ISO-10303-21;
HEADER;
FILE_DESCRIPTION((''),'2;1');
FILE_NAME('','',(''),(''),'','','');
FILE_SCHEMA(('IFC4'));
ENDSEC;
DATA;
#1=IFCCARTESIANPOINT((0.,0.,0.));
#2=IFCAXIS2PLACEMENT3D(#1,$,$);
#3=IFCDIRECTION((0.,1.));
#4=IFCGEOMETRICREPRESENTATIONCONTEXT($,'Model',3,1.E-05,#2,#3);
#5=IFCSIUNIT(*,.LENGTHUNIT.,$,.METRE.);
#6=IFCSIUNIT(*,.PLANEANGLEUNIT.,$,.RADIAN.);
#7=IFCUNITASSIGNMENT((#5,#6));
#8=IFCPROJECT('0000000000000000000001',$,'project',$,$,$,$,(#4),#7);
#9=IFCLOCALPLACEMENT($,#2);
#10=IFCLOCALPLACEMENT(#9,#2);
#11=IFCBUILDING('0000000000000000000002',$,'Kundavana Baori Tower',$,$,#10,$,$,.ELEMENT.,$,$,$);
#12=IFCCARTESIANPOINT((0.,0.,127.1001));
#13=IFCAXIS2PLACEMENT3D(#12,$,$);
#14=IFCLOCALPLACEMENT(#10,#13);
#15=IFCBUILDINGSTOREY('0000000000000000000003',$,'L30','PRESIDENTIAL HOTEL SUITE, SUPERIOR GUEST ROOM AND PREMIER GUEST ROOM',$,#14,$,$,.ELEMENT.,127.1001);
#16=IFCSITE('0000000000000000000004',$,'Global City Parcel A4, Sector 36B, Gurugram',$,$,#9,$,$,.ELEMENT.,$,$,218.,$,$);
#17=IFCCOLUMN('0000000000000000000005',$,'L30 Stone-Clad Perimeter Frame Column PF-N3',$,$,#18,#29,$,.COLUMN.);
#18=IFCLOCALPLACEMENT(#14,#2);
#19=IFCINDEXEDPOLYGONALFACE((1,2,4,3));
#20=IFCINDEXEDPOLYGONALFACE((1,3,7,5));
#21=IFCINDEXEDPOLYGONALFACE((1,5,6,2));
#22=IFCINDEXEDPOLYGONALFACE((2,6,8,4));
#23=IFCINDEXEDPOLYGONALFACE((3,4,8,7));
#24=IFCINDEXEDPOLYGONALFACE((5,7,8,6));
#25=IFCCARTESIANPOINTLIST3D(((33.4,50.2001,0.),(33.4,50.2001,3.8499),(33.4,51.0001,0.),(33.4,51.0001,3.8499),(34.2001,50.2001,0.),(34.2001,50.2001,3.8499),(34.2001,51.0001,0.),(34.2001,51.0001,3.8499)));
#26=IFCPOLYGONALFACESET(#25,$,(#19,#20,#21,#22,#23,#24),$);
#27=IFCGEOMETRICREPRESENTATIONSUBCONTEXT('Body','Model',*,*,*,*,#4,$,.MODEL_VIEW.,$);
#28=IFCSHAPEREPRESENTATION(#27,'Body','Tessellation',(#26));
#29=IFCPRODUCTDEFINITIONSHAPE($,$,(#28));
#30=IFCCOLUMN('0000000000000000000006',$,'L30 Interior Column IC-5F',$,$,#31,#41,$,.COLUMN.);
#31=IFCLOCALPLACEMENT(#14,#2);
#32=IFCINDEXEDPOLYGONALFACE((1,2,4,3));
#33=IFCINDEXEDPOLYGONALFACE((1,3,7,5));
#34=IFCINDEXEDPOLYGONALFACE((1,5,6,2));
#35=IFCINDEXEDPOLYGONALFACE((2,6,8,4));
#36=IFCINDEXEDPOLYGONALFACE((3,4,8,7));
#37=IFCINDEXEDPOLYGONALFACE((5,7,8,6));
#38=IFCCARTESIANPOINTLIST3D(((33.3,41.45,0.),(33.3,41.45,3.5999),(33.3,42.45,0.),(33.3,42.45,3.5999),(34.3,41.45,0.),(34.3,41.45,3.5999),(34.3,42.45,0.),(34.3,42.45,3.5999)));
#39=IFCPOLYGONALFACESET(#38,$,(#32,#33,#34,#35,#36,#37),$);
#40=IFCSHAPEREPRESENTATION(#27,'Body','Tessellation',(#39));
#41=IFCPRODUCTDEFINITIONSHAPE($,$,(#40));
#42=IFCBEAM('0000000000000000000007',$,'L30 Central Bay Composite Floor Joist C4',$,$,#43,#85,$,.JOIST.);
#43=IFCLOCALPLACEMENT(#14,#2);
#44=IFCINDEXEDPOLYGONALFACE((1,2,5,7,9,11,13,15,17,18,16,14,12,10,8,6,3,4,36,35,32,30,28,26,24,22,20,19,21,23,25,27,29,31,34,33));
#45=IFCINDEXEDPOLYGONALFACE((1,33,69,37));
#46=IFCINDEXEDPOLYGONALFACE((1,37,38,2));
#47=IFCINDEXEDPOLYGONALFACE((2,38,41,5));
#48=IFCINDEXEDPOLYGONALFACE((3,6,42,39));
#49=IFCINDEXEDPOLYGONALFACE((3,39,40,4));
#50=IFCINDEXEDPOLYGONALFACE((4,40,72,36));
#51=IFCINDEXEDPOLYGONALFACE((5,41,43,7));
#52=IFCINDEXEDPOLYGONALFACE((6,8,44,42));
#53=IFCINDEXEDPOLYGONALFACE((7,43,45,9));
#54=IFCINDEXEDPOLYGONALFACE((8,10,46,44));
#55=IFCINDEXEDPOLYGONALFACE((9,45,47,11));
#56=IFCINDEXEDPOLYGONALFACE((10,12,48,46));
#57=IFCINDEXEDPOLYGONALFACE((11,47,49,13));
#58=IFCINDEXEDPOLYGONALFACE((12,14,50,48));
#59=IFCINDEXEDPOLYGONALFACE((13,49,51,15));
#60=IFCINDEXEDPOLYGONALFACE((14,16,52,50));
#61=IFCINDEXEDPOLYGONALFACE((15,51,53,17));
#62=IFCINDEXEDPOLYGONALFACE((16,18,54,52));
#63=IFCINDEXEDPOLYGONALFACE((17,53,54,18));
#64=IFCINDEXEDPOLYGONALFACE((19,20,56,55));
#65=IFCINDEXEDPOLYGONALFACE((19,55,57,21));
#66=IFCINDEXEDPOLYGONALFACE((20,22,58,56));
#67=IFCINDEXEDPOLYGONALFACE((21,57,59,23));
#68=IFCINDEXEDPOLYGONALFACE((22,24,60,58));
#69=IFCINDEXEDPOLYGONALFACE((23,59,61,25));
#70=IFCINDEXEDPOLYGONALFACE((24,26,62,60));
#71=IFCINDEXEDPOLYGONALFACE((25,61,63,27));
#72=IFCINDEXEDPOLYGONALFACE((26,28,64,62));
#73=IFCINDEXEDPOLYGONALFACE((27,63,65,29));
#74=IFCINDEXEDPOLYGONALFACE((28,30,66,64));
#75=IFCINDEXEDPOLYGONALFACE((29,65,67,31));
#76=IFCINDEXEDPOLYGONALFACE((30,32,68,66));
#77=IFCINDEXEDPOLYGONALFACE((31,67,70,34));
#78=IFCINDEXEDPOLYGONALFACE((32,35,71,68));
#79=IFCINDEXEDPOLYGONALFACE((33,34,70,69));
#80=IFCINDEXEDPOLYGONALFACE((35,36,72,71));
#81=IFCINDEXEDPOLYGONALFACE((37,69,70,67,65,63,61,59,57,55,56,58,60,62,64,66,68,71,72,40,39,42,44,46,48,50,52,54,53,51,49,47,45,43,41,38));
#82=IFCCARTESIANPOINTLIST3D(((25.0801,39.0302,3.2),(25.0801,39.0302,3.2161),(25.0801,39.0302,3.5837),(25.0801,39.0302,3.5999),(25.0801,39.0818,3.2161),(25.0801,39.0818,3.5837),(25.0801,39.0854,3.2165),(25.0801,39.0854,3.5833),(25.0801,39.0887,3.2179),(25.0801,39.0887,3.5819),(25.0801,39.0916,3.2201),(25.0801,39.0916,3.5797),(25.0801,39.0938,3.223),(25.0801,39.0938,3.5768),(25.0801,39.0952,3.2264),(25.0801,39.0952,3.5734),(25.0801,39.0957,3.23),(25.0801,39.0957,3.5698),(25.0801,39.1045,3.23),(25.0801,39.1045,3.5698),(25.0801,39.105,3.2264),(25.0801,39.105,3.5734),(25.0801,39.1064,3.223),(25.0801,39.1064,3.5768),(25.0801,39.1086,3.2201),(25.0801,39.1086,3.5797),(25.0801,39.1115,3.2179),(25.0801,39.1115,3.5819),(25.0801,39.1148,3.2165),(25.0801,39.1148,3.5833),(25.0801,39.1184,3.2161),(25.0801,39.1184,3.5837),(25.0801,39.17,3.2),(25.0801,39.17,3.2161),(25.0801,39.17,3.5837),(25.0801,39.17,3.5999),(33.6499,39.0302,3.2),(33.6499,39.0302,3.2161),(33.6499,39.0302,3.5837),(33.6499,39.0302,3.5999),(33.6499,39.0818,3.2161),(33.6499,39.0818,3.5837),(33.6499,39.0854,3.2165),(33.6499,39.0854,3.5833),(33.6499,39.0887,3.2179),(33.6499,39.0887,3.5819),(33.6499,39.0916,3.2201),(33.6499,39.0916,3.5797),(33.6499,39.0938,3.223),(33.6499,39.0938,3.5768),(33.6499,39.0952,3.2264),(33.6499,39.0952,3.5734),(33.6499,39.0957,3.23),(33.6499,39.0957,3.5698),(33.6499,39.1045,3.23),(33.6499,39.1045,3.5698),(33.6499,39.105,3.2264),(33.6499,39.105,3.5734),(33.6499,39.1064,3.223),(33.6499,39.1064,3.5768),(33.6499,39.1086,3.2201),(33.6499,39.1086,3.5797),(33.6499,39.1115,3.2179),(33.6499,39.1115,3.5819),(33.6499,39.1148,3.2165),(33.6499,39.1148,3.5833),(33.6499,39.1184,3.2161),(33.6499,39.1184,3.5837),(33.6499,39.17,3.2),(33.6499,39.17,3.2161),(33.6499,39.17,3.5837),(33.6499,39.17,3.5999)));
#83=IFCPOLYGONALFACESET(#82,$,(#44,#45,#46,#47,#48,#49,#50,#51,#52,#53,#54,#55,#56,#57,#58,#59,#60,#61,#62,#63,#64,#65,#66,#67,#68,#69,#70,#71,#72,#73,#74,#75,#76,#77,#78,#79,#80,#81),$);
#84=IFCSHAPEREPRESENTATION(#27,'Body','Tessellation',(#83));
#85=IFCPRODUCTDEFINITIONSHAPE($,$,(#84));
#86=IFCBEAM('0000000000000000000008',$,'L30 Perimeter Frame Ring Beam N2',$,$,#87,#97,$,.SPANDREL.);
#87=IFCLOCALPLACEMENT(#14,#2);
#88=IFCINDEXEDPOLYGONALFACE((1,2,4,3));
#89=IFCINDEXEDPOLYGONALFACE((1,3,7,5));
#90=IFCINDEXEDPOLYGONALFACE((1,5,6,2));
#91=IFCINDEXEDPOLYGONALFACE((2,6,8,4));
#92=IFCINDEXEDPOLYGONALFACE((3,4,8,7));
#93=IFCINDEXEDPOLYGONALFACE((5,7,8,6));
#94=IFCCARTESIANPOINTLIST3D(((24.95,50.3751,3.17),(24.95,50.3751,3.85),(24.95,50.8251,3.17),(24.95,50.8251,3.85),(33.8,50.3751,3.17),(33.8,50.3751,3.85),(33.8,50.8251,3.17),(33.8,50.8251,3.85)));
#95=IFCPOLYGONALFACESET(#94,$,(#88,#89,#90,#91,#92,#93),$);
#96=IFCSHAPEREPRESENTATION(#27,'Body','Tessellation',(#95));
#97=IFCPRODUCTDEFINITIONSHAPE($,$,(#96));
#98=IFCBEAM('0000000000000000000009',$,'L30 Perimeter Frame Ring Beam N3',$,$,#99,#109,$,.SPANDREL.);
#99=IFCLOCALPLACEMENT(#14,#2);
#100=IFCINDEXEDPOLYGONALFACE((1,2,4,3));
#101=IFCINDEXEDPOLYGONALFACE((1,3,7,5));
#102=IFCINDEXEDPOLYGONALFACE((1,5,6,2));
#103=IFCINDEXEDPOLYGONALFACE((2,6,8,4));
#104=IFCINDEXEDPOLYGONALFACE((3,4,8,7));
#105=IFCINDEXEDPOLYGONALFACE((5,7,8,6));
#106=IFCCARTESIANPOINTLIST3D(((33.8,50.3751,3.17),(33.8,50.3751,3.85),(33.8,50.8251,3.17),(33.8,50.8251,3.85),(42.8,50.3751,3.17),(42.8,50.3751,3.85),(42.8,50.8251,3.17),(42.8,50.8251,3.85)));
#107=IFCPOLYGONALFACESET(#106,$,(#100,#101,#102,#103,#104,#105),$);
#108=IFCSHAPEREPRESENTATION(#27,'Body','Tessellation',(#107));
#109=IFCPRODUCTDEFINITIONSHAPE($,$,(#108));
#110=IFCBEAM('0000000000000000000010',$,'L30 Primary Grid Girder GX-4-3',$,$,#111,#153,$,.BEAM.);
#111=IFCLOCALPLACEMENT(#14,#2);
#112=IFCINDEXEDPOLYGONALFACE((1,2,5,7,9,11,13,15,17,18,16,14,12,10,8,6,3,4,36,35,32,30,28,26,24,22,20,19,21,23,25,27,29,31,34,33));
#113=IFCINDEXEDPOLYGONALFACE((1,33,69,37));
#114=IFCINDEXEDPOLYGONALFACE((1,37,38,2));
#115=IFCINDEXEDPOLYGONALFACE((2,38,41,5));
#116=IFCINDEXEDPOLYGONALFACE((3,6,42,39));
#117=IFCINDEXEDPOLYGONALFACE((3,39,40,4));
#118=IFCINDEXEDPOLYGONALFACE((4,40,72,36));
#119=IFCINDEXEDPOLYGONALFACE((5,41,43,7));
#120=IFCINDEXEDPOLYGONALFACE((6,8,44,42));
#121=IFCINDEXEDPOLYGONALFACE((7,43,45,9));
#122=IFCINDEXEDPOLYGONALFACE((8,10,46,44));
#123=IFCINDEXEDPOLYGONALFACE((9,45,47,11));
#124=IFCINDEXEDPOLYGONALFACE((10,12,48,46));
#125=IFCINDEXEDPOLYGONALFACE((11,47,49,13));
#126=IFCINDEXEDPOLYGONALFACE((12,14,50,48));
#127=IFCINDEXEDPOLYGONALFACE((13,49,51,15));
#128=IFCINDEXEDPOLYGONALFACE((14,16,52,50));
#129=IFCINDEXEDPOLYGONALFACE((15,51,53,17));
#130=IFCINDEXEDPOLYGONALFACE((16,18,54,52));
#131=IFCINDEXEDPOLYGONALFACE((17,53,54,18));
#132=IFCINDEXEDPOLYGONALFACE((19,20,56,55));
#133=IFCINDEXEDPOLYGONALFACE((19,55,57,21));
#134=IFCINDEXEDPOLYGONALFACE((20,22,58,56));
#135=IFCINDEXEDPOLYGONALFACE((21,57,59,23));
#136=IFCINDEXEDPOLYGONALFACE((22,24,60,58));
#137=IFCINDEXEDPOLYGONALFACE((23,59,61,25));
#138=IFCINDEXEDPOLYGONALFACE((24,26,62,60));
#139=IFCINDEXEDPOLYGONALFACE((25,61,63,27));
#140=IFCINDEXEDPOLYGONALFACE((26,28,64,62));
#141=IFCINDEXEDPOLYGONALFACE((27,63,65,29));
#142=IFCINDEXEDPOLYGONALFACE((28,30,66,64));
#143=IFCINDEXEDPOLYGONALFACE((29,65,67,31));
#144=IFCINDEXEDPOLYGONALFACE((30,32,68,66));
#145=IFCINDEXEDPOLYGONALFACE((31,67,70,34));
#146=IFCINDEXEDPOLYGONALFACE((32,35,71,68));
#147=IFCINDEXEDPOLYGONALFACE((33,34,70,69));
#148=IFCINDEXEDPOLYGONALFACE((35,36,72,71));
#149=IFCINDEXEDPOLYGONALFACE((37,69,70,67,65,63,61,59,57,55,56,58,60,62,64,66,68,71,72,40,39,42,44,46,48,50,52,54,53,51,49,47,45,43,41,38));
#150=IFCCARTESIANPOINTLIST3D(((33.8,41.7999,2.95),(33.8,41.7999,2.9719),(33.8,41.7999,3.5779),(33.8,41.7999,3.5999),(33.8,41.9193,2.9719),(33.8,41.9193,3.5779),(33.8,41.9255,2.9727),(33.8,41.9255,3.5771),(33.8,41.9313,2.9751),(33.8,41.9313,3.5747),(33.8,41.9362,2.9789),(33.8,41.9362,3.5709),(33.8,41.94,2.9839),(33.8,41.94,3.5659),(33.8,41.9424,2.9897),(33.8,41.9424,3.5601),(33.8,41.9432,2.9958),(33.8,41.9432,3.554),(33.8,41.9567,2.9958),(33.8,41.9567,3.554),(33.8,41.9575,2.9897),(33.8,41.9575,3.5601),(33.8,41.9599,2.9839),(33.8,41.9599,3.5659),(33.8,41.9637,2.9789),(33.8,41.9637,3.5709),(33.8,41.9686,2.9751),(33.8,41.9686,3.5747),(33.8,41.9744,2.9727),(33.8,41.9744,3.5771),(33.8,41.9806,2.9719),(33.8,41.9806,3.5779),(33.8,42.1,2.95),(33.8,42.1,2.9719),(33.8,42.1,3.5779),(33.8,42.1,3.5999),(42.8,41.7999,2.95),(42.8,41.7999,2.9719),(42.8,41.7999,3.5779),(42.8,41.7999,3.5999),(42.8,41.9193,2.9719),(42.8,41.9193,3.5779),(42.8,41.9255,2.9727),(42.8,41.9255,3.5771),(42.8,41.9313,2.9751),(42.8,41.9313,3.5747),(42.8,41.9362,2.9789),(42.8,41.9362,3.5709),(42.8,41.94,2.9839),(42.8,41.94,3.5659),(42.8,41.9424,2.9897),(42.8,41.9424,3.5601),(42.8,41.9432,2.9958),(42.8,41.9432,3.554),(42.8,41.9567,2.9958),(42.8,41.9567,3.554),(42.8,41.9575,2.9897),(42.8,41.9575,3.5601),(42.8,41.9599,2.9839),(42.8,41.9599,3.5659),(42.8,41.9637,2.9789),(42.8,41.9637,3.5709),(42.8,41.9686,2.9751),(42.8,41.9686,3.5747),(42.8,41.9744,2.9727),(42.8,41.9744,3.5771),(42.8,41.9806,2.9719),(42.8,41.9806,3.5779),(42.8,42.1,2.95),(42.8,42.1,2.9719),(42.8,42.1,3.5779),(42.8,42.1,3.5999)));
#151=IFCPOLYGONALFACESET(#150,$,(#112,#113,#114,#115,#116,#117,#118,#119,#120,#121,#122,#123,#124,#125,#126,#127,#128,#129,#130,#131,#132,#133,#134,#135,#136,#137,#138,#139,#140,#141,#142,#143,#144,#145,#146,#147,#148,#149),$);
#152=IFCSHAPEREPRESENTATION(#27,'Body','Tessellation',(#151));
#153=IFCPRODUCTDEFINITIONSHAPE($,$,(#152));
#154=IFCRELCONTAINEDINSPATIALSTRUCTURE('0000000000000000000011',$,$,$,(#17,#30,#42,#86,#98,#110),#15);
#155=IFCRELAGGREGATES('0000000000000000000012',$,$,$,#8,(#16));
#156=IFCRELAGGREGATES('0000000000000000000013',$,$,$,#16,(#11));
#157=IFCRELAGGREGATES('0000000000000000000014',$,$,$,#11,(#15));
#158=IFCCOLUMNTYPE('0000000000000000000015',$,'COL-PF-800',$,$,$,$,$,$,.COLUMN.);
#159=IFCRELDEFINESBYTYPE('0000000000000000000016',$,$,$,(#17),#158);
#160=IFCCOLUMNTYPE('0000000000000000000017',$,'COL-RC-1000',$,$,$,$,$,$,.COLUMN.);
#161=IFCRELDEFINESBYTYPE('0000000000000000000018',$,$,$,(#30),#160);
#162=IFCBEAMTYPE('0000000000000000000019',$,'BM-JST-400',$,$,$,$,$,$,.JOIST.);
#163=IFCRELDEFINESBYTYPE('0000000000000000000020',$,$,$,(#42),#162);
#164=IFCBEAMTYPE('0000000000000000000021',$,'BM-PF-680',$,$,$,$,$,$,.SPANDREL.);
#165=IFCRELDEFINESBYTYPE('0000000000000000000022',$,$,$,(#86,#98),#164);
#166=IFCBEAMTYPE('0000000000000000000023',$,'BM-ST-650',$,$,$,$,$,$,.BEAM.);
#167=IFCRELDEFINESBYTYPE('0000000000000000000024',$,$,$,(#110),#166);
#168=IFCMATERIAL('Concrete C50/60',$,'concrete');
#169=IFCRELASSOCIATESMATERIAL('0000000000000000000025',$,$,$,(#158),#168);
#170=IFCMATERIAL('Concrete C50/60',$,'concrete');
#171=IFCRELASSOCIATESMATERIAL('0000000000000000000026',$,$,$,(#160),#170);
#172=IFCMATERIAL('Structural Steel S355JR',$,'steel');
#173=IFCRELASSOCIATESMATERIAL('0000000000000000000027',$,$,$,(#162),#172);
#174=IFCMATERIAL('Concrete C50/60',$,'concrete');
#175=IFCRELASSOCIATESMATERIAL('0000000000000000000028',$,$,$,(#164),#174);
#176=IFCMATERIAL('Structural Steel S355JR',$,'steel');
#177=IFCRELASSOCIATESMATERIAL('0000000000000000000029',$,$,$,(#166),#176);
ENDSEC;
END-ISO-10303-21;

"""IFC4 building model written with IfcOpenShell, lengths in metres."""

from ifc_helpers import new_model, si_unit, direction, frame, origin, origin_2d, place, context, subcontext, project, spatial, rectangle, i_section, extrude, material, material_profile, profile_set, type_object, element, save


model = new_model("IFC4")

# Units and contexts
model_context = context("Model", 3, precision=1e-05, world=origin(), true_north=direction((0.0, 1.0)))
body_context = subcontext(model_context, "Body", "Model", "MODEL_VIEW")
ifc_project = project(units=[si_unit("LENGTHUNIT", "METRE"), si_unit("PLANEANGLEUNIT", "RADIAN")], contexts=[model_context])

# Site, building, storey
site_placement = place(None, origin())
site = spatial("IfcSite", under=ifc_project, at=site_placement, Name="Global City Parcel A4, Sector 36B, Gurugram", CompositionType="ELEMENT", RefElevation=218.0)
building_placement = place(site_placement, origin())
building = spatial("IfcBuilding", under=site, at=building_placement, Name="Kundavana Baori Tower", CompositionType="ELEMENT")
storey_placement = place(building_placement, frame((0.0, 0.0, 127.1001)))
storey = spatial("IfcBuildingStorey", under=building, at=storey_placement, Name="L30", Description="PRESIDENTIAL HOTEL SUITE, SUPERIOR GUEST ROOM AND PREMIER GUEST ROOM", CompositionType="ELEMENT", Elevation=127.1001)

# Columns
ifc_material_1 = material(Name="Concrete C50/60", Category="concrete")
ifc_material_profile_1 = material_profile(ifc_material_1, rectangle(XDim=0.8, YDim=0.8, at=origin_2d()), Name="RC PF 800x800")
ifc_profile_set_1 = profile_set([ifc_material_profile_1], Name="Concrete C50/60")
column_type_1 = type_object("IfcColumnType", Name="COL-PF-800", PredefinedType="COLUMN", material=ifc_profile_set_1)
column_1_placement = place(storey_placement, frame((33.8, 50.6001, 0.0), z_axis=(0.0, 0.0, 1.0), x_axis=(1.0, 0.0, 0.0)))
element("IfcColumn", 1, at=column_1_placement, inside=storey, type_object=column_type_1, Name="L30 Stone-Clad Perimeter Frame Column PF-N3", PredefinedType="COLUMN", context=body_context, shape_type="SweptSolid", body=[
    extrude(rectangle(XDim=0.8, YDim=0.8, at=origin_2d()), origin(), (0.0, 0.0, 1.0), 3.8499),
])
ifc_material_2 = material(Name="Concrete C50/60", Category="concrete")
ifc_material_profile_2 = material_profile(ifc_material_2, rectangle(XDim=1.0, YDim=1.0, at=origin_2d()), Name="RC 1000x1000")
ifc_profile_set_2 = profile_set([ifc_material_profile_2], Name="Concrete C50/60")
column_type_2 = type_object("IfcColumnType", Name="COL-RC-1000", PredefinedType="COLUMN", material=ifc_profile_set_2)
column_2_placement = place(storey_placement, frame((33.8, 41.95, 0.0), z_axis=(0.0, 0.0, 1.0), x_axis=(1.0, 0.0, 0.0)))
element("IfcColumn", 2, at=column_2_placement, inside=storey, type_object=column_type_2, Name="L30 Interior Column IC-5F", PredefinedType="COLUMN", context=body_context, shape_type="SweptSolid", body=[
    extrude(rectangle(XDim=1.0, YDim=1.0, at=origin_2d()), origin(), (0.0, 0.0, 1.0), 3.5999),
])

# Beams
ifc_material_3 = material(Name="Structural Steel S355JR", Category="steel")
ifc_material_profile_3 = material_profile(ifc_material_3, i_section(OverallWidth=0.1399, OverallDepth=0.3999, WebThickness=0.0088, FlangeThickness=0.0161, FilletRadius=0.0139, at=origin_2d()), Name="ISMB 400")
ifc_profile_set_3 = profile_set([ifc_material_profile_3], Name="Structural Steel S355JR")
beam_type_1 = type_object("IfcBeamType", Name="BM-JST-400", PredefinedType="JOIST", material=ifc_profile_set_3)
beam_1_placement = place(storey_placement, frame((25.0801, 39.1001, 3.3999), z_axis=(1.0, 0.0, 0.0), x_axis=(0.0, 1.0, 0.0)))
element("IfcBeam", 3, at=beam_1_placement, inside=storey, type_object=beam_type_1, Name="L30 Central Bay Composite Floor Joist C4", PredefinedType="JOIST", context=body_context, shape_type="SweptSolid", body=[
    extrude(i_section(OverallWidth=0.1399, OverallDepth=0.3999, WebThickness=0.0088, FlangeThickness=0.0161, FilletRadius=0.0139, at=origin_2d()), origin(), (0.0, 0.0, 1.0), 8.5698),
])
ifc_material_4 = material(Name="Concrete C50/60", Category="concrete")
ifc_material_profile_4 = material_profile(ifc_material_4, rectangle(XDim=0.45, YDim=0.6799, at=origin_2d()), Name="RC BM 450x680")
ifc_profile_set_4 = profile_set([ifc_material_profile_4], Name="Concrete C50/60")
beam_type_2 = type_object("IfcBeamType", Name="BM-PF-680", PredefinedType="SPANDREL", material=ifc_profile_set_4)
beam_2_placement = place(storey_placement, frame((24.95, 50.6001, 3.51), z_axis=(1.0, 0.0, 0.0), x_axis=(0.0, 1.0, 0.0)))
element("IfcBeam", 4, at=beam_2_placement, inside=storey, type_object=beam_type_2, Name="L30 Perimeter Frame Ring Beam N2", PredefinedType="SPANDREL", context=body_context, shape_type="SweptSolid", body=[
    extrude(rectangle(XDim=0.45, YDim=0.6799, at=origin_2d()), origin(), (0.0, 0.0, 1.0), 8.8501),
])
beam_3_placement = place(storey_placement, frame((33.8, 50.6001, 3.51), z_axis=(1.0, 0.0, 0.0), x_axis=(0.0, 1.0, 0.0)))
element("IfcBeam", 5, at=beam_3_placement, inside=storey, type_object=beam_type_2, Name="L30 Perimeter Frame Ring Beam N3", PredefinedType="SPANDREL", context=body_context, shape_type="SweptSolid", body=[
    extrude(rectangle(XDim=0.45, YDim=0.6799, at=origin_2d()), origin(), (0.0, 0.0, 1.0), 9.0),
])
ifc_material_5 = material(Name="Structural Steel S355JR", Category="steel")
ifc_material_profile_5 = material_profile(ifc_material_5, i_section(OverallWidth=0.3, OverallDepth=0.6499, WebThickness=0.0134, FlangeThickness=0.022, FilletRadius=0.0239, at=origin_2d()), Name="NPB 650x300x155")
ifc_profile_set_5 = profile_set([ifc_material_profile_5], Name="Structural Steel S355JR")
beam_type_3 = type_object("IfcBeamType", Name="BM-ST-650", PredefinedType="BEAM", material=ifc_profile_set_5)
beam_4_placement = place(storey_placement, frame((33.8, 41.95, 3.2749), z_axis=(1.0, 0.0, 0.0), x_axis=(0.0, 1.0, 0.0)))
element("IfcBeam", 6, at=beam_4_placement, inside=storey, type_object=beam_type_3, Name="L30 Primary Grid Girder GX-4-3", PredefinedType="BEAM", context=body_context, shape_type="SweptSolid", body=[
    extrude(i_section(OverallWidth=0.3, OverallDepth=0.6499, WebThickness=0.0134, FlangeThickness=0.022, FilletRadius=0.0239, at=origin_2d()), origin(), (0.0, 0.0, 1.0), 9.0),
])

save(model, "model.ifc")
